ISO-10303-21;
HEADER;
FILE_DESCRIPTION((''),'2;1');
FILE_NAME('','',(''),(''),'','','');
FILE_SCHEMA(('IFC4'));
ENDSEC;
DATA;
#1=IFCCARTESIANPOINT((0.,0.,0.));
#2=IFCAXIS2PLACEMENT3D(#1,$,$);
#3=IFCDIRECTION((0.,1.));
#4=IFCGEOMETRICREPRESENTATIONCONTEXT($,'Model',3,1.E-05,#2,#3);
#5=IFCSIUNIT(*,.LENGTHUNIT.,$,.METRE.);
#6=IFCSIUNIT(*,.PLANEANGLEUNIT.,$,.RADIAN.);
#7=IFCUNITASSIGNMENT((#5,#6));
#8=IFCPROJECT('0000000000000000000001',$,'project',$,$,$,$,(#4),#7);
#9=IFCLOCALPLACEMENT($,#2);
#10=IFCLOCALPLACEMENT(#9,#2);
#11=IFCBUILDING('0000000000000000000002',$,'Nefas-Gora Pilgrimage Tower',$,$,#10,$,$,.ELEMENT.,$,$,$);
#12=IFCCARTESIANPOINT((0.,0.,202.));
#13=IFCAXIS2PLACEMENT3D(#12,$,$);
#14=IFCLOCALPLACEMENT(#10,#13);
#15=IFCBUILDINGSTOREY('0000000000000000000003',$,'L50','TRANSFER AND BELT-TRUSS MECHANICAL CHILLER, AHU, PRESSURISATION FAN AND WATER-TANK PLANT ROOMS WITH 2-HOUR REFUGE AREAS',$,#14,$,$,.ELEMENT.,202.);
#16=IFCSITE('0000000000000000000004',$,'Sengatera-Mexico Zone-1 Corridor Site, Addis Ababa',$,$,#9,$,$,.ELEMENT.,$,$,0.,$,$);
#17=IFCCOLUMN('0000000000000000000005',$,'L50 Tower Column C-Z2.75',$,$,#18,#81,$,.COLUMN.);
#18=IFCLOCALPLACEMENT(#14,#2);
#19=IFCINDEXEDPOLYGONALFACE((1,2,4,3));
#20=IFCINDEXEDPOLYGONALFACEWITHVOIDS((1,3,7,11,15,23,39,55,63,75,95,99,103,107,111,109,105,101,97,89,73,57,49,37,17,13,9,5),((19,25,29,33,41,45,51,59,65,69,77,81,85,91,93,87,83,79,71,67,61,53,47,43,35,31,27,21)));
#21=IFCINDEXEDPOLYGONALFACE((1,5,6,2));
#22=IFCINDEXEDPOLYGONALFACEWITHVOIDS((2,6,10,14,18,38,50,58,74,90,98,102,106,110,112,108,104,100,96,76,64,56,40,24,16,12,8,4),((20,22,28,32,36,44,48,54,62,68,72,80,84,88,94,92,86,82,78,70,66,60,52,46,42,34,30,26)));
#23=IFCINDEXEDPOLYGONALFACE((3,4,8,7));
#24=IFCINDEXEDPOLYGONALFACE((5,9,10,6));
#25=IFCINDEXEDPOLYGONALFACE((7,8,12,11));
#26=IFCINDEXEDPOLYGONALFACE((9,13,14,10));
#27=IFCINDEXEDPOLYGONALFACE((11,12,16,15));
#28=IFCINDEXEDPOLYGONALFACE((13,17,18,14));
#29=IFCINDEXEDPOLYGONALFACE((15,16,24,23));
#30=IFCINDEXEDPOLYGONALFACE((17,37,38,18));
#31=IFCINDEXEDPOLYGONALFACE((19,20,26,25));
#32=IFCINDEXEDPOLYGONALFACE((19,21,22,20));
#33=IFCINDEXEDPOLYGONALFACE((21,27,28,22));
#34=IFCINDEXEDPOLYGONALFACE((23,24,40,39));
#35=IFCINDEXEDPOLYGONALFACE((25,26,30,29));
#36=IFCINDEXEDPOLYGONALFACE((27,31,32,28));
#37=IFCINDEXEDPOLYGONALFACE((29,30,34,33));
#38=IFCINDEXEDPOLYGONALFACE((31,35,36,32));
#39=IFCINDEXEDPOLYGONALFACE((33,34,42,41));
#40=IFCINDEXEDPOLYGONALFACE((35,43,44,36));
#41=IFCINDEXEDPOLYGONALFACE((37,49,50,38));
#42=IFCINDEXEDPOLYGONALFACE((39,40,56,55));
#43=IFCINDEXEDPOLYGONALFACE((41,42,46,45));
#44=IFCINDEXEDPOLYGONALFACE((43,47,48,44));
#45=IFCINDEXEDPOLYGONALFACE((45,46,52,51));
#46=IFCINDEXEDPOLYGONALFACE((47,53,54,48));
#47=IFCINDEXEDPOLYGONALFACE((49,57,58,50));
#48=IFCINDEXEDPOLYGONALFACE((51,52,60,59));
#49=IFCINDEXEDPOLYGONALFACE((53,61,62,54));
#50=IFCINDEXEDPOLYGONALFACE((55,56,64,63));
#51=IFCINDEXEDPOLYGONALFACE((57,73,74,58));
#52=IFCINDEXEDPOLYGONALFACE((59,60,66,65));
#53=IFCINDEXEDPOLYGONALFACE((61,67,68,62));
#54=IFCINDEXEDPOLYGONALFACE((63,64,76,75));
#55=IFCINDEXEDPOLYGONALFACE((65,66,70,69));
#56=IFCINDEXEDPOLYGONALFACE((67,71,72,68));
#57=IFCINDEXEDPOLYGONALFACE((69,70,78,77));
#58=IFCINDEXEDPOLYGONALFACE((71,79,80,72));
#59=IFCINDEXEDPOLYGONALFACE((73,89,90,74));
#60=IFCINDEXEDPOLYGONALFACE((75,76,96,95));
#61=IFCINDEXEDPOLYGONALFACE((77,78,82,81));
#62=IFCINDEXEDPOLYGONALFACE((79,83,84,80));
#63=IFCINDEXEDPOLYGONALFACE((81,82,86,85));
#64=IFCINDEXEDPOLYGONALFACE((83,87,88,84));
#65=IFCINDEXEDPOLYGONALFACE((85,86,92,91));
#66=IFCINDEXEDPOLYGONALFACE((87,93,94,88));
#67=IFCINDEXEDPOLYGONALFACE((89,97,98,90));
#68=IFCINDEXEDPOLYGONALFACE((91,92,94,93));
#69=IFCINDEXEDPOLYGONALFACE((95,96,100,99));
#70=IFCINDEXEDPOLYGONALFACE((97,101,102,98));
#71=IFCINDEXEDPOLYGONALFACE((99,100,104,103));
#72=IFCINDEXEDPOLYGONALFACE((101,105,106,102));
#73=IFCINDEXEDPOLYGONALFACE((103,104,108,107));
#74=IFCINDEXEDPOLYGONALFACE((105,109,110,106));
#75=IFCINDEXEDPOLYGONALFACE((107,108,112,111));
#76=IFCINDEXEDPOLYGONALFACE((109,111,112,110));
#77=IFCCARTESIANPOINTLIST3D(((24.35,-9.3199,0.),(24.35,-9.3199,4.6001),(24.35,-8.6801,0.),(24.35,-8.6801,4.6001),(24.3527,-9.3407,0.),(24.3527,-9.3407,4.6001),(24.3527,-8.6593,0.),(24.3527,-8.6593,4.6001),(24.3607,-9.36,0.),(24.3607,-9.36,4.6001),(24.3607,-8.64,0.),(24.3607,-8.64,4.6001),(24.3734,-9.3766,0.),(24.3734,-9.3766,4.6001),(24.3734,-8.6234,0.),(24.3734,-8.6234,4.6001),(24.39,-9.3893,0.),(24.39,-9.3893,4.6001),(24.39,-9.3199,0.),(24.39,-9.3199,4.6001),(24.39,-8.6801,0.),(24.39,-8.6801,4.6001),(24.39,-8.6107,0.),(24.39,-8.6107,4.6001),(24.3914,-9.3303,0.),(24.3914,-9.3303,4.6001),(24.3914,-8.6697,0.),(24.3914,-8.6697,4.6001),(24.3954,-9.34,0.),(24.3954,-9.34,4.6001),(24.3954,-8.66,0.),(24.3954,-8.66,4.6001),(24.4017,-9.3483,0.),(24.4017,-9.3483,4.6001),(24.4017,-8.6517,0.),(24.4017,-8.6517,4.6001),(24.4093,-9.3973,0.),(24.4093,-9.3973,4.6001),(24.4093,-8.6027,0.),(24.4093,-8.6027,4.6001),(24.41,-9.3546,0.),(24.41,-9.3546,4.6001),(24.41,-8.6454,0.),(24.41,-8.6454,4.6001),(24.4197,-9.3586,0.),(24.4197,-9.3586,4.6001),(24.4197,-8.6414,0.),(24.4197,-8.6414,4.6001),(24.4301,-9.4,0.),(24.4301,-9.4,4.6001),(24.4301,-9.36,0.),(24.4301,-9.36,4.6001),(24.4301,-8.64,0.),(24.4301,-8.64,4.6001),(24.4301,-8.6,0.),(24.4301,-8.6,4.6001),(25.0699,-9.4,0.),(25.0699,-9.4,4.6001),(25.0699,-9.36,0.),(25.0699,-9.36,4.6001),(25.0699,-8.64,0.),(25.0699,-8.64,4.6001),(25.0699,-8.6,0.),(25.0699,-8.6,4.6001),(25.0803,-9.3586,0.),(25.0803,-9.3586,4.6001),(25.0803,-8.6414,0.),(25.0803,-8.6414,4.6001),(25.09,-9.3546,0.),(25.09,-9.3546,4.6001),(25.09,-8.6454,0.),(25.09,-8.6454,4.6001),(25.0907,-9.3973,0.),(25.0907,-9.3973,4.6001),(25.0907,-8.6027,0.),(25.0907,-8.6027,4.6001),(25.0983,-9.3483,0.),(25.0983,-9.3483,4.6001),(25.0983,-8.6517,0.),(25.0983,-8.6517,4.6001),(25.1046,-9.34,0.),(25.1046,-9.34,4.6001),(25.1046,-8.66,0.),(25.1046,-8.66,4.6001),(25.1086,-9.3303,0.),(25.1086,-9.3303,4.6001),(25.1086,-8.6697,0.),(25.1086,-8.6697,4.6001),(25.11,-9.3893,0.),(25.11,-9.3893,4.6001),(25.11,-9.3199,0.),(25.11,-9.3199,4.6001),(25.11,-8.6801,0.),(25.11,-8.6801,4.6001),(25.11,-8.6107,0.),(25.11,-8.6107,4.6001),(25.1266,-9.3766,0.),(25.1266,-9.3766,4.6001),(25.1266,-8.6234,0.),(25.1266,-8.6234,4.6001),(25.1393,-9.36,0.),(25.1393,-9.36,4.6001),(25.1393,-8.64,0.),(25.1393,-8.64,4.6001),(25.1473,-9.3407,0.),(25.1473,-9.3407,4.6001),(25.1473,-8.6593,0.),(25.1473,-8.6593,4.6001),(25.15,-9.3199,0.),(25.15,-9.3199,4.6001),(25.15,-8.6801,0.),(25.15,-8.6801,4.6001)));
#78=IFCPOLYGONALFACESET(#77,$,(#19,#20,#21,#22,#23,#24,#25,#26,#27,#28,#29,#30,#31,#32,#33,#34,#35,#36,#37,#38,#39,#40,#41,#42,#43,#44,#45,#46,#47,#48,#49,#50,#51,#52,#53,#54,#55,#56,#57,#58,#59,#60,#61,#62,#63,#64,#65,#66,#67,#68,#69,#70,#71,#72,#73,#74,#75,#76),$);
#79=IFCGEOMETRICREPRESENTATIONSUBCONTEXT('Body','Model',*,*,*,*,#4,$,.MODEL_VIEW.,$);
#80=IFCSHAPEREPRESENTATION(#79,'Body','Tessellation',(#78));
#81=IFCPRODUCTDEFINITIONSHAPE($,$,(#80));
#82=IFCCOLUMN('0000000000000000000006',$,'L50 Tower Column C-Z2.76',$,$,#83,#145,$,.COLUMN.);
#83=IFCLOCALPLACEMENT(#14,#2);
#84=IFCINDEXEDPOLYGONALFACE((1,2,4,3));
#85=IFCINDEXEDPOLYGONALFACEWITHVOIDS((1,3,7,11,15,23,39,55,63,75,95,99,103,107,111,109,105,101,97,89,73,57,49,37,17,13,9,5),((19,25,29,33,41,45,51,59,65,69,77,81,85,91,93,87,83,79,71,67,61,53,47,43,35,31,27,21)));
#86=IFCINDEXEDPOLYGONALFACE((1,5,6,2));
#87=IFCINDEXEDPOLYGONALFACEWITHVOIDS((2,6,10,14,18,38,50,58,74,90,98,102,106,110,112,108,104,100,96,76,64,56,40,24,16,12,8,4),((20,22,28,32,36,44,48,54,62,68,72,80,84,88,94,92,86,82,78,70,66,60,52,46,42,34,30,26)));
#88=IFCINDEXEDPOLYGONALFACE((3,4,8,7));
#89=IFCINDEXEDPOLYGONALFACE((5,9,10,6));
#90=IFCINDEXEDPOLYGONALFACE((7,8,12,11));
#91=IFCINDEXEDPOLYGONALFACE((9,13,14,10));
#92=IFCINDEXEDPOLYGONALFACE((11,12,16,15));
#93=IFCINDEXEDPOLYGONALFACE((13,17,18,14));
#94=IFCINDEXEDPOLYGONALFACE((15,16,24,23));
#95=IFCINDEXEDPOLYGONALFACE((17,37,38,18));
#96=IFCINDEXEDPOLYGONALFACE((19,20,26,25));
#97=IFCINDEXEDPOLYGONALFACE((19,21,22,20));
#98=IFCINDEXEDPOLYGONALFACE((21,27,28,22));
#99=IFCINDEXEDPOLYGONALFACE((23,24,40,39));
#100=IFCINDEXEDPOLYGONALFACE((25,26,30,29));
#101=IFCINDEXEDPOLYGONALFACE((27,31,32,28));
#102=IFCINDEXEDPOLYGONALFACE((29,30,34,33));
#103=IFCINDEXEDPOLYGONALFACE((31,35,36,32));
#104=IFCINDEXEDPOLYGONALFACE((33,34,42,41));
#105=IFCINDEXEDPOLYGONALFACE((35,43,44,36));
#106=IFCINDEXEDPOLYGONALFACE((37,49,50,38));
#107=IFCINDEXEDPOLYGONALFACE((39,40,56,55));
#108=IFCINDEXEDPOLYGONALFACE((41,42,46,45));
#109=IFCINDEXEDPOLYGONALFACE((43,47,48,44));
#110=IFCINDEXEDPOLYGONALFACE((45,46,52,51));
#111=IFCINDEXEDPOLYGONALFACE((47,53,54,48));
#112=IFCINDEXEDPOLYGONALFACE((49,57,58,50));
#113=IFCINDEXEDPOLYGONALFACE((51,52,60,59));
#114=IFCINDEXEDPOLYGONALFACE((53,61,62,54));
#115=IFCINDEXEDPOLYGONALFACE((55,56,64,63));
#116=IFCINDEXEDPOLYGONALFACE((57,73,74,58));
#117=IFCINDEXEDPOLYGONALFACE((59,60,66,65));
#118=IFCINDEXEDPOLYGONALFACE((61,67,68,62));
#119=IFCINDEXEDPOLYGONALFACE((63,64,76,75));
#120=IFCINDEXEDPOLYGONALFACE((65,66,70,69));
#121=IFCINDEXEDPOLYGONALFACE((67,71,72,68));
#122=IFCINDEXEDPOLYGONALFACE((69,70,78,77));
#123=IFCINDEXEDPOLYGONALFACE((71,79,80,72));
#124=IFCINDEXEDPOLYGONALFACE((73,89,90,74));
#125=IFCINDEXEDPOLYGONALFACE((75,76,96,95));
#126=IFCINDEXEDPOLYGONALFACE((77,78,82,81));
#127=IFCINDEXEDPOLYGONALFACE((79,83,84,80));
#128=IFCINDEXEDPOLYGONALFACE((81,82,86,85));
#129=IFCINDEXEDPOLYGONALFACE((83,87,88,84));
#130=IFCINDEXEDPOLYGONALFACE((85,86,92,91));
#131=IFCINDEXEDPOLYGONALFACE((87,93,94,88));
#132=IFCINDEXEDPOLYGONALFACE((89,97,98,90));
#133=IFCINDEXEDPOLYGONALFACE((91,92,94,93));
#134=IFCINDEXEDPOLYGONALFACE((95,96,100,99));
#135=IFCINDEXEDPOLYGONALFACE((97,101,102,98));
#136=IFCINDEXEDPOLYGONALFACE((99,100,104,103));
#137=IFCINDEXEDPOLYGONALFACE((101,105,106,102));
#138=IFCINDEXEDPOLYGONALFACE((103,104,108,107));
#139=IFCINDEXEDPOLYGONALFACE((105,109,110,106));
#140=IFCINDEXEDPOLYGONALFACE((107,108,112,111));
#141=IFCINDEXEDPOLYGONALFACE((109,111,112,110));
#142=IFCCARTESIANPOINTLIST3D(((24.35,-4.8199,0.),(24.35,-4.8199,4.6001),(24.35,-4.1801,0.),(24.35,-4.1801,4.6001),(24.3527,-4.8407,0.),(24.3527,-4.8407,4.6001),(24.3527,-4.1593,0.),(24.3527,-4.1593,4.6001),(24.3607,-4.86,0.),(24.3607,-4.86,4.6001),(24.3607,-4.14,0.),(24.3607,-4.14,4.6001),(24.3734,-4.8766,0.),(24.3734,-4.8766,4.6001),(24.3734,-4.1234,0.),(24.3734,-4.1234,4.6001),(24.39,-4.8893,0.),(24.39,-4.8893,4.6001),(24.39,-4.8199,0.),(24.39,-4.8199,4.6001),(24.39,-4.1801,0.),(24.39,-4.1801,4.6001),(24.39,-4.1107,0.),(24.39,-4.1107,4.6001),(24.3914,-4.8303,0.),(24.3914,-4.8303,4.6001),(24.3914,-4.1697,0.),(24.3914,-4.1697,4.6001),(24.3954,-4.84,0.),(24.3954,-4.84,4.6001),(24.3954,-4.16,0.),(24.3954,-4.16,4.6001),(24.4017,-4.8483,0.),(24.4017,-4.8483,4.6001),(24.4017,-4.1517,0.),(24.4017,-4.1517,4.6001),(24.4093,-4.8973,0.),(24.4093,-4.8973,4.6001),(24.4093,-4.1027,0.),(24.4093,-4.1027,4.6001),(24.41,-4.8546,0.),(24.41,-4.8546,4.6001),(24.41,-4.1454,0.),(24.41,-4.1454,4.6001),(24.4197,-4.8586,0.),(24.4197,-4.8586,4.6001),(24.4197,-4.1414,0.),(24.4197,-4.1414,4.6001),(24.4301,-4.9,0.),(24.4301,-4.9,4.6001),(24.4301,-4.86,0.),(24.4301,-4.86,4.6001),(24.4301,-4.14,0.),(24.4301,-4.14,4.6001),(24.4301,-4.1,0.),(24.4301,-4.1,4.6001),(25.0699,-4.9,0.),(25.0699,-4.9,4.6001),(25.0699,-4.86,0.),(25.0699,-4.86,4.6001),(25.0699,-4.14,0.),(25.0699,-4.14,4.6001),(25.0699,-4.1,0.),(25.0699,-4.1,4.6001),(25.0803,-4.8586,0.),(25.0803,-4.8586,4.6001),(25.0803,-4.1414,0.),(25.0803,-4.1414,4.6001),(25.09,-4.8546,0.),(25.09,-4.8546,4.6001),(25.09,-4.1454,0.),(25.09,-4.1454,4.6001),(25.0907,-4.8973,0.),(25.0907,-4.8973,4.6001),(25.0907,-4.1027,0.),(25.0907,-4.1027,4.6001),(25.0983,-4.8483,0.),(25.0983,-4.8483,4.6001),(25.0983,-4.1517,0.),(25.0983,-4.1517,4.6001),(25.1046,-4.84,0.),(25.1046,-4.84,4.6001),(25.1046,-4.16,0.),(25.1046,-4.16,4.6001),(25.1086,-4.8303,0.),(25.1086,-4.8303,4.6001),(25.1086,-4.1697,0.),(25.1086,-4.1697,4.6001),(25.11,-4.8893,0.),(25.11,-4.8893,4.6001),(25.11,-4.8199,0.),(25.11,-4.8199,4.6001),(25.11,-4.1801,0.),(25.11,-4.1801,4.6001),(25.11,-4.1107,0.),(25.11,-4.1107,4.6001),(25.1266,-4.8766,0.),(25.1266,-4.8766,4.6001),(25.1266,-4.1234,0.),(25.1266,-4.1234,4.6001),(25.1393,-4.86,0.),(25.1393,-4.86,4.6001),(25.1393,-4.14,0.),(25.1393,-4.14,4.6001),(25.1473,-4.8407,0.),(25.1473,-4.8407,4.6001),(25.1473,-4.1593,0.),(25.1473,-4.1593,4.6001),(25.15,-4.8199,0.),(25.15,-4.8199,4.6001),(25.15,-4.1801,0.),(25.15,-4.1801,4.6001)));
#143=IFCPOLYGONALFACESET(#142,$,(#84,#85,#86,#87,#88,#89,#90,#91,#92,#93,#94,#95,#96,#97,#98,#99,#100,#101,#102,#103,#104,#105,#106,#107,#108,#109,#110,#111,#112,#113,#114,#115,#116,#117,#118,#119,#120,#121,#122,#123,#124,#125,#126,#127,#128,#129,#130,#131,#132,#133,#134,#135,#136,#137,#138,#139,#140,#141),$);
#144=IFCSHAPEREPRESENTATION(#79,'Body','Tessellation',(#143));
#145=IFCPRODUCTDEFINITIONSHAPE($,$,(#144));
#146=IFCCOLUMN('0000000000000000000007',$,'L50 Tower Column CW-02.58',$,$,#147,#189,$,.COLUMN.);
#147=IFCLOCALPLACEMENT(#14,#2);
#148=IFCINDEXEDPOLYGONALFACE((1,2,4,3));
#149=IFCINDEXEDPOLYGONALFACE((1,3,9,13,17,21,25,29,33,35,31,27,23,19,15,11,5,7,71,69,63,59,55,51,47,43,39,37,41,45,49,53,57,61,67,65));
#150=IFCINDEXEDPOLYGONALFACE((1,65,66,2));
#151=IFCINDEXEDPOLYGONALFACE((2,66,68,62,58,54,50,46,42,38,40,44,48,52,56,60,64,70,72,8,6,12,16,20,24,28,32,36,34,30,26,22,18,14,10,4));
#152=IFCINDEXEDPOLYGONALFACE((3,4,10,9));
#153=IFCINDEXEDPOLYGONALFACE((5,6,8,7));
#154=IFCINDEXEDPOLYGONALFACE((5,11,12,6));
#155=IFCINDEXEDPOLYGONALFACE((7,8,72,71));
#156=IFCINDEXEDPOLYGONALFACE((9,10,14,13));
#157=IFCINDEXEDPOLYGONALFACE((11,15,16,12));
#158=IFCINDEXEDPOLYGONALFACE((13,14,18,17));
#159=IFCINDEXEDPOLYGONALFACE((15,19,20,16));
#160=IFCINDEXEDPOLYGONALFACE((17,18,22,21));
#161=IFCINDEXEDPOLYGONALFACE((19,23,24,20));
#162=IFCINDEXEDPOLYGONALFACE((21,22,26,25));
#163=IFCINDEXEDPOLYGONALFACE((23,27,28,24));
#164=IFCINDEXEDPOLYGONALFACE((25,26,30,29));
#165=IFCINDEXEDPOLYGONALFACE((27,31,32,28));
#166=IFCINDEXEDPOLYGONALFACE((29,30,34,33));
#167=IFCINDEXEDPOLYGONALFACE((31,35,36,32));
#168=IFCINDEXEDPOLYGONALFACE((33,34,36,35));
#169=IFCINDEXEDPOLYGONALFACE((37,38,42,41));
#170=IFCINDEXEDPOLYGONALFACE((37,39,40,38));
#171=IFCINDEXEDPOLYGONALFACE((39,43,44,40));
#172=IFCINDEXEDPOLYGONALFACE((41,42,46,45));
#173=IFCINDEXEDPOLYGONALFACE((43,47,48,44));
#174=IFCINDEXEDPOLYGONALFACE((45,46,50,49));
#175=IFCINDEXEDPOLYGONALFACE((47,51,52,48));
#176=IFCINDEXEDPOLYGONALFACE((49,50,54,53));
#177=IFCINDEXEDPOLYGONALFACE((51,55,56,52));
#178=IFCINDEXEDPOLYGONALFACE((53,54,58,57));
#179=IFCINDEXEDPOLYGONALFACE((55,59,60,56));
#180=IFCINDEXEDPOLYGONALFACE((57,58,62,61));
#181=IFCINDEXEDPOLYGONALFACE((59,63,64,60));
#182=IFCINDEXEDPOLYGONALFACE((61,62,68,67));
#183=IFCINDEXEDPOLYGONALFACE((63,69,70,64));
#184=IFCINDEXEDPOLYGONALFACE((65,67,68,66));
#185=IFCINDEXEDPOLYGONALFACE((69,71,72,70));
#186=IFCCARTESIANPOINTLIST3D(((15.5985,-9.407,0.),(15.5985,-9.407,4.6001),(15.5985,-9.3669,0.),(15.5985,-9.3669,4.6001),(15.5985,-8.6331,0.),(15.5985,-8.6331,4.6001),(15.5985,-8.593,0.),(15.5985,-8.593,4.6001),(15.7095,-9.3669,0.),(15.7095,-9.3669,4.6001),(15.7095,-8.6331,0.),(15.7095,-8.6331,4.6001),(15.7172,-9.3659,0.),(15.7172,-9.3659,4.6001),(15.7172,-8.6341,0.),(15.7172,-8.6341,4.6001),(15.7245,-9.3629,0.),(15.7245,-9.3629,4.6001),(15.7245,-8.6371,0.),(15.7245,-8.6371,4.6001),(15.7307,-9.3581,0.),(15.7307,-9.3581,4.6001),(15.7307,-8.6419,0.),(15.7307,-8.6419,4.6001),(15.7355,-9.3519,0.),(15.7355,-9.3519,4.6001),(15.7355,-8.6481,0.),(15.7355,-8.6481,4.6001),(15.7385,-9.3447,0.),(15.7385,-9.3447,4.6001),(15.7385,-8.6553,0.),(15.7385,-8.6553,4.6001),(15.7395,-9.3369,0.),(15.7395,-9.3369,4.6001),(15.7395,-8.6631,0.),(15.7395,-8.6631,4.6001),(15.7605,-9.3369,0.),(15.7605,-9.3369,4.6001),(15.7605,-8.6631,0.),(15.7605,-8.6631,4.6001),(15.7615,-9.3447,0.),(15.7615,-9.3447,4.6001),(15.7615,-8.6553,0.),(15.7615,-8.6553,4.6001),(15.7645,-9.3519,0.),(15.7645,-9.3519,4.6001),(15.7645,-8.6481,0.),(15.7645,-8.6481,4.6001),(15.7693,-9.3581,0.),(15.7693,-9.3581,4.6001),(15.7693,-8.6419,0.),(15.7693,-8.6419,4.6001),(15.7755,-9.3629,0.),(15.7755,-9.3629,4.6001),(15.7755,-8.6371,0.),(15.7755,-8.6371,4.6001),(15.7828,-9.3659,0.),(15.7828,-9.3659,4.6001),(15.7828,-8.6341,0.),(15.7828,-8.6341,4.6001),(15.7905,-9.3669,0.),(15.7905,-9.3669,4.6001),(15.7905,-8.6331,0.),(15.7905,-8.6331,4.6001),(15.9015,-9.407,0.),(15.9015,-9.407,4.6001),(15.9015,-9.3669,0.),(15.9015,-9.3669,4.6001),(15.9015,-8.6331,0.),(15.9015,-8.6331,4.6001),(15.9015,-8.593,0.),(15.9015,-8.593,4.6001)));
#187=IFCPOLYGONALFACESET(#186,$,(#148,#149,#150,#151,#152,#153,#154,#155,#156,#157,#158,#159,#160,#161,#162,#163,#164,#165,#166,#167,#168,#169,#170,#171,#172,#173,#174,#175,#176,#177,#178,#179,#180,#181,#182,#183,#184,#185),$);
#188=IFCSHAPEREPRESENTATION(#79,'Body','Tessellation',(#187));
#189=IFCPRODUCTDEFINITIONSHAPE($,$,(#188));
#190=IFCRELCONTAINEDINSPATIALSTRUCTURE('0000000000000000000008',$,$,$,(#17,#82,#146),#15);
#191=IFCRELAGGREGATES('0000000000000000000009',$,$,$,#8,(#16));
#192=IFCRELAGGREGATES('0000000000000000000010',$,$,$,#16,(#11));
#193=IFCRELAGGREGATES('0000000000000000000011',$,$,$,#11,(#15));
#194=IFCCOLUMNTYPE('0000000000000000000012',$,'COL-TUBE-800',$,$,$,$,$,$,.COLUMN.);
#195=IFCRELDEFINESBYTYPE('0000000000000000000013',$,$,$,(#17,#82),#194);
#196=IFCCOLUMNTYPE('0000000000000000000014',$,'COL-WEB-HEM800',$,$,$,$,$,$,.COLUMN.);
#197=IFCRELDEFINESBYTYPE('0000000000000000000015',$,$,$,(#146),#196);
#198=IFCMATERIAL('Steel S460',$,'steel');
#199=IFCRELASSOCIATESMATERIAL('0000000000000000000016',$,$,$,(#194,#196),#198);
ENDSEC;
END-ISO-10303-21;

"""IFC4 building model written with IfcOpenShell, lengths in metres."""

from ifc_helpers import new_model, si_unit, direction, frame, origin, origin_2d, place, context, subcontext, project, spatial, hollow_rectangle, i_section, extrude, source, transform, mapped, material, material_profile, profile_set, type_object, element, save


model = new_model("IFC4")

# Units and contexts
model_context = context("Model", 3, precision=1e-05, world=origin(), true_north=direction((0.0, 1.0)))
body_context = subcontext(model_context, "Body", "Model", "MODEL_VIEW")
ifc_project = project(units=[si_unit("LENGTHUNIT", "METRE"), si_unit("PLANEANGLEUNIT", "RADIAN")], contexts=[model_context])

# Site, building, storey
site_placement = place(None, origin())
site = spatial("IfcSite", under=ifc_project, at=site_placement, Name="Sengatera-Mexico Zone-1 Corridor Site, Addis Ababa", CompositionType="ELEMENT", RefElevation=0.0)
building_placement = place(site_placement, origin())
building = spatial("IfcBuilding", under=site, at=building_placement, Name="Nefas-Gora Pilgrimage Tower", CompositionType="ELEMENT")
storey_placement = place(building_placement, frame((0.0, 0.0, 202.0)))
storey = spatial("IfcBuildingStorey", under=building, at=storey_placement, Name="L50", Description="TRANSFER AND BELT-TRUSS MECHANICAL CHILLER, AHU, PRESSURISATION FAN AND WATER-TANK PLANT ROOMS WITH 2-HOUR REFUGE AREAS", CompositionType="ELEMENT", Elevation=202.0)

# Columns
ifc_material_1 = material(Name="Steel S460", Category="steel")
ifc_material_profile_1 = material_profile(ifc_material_1, hollow_rectangle(XDim=0.8, YDim=0.8, WallThickness=0.04, InnerFilletRadius=0.04, OuterFilletRadius=0.0801, at=origin_2d()), Name="BOX 800x800x40")
ifc_profile_set_1 = profile_set([ifc_material_profile_1], Name="Steel S460")
column_type_1 = type_object("IfcColumnType", Name="COL-TUBE-800", PredefinedType="COLUMN", material=ifc_profile_set_1)
shared_shape_1 = source(origin(), body_context, "Body", "SweptSolid", [
    extrude(hollow_rectangle(XDim=0.8, YDim=0.8, WallThickness=0.04, InnerFilletRadius=0.04, OuterFilletRadius=0.0801, at=origin_2d()), origin(), (0.0, 0.0, 1.0), 4.6001),
])
for number, where, z_axis, x_axis, name in (
    (1, (24.75, -9.0, 0.0), (0.0, 0.0, 1.0), (1.0, 0.0, 0.0), "L50 Tower Column C-Z2.75"),
    (2, (24.75, -4.5, 0.0), (0.0, 0.0, 1.0), (1.0, 0.0, 0.0), "L50 Tower Column C-Z2.76"),
):
    element("IfcColumn", number, at=place(storey_placement, frame(where, z_axis=z_axis, x_axis=x_axis)), inside=storey, type_object=column_type_1, Name=name, PredefinedType="COLUMN", context=body_context, shape_type="MappedRepresentation", body=[
        mapped(shared_shape_1, transform((0.0, 0.0, 0.0), x_axis=(1.0, 0.0, 0.0), y_axis=(0.0, 1.0, 0.0), z_axis=(0.0, 0.0, 1.0), scale=1.0)),
    ])
ifc_material_profile_2 = material_profile(ifc_material_1, i_section(OverallWidth=0.303, OverallDepth=0.814, WebThickness=0.021, FlangeThickness=0.04, FilletRadius=0.03, at=origin_2d()), Name="HEM 800")
ifc_profile_set_2 = profile_set([ifc_material_profile_2], Name="Steel S460")
column_type_2 = type_object("IfcColumnType", Name="COL-WEB-HEM800", PredefinedType="COLUMN", material=ifc_profile_set_2)
shared_shape_2 = source(origin(), body_context, "Body", "SweptSolid", [
    extrude(i_section(OverallWidth=0.303, OverallDepth=0.814, WebThickness=0.021, FlangeThickness=0.04, FilletRadius=0.03, at=origin_2d()), origin(), (0.0, 0.0, 1.0), 4.6001),
])
for number, where, z_axis, x_axis, name in (
    (3, (15.75, -9.0, 0.0), (0.0, 0.0, 1.0), (1.0, 0.0, 0.0), "L50 Tower Column CW-02.58"),
):
    element("IfcColumn", number, at=place(storey_placement, frame(where, z_axis=z_axis, x_axis=x_axis)), inside=storey, type_object=column_type_2, Name=name, PredefinedType="COLUMN", context=body_context, shape_type="MappedRepresentation", body=[
        mapped(shared_shape_2, transform((0.0, 0.0, 0.0), x_axis=(1.0, 0.0, 0.0), y_axis=(0.0, 1.0, 0.0), z_axis=(0.0, 0.0, 1.0), scale=1.0)),
    ])

save(model, "model.ifc")
